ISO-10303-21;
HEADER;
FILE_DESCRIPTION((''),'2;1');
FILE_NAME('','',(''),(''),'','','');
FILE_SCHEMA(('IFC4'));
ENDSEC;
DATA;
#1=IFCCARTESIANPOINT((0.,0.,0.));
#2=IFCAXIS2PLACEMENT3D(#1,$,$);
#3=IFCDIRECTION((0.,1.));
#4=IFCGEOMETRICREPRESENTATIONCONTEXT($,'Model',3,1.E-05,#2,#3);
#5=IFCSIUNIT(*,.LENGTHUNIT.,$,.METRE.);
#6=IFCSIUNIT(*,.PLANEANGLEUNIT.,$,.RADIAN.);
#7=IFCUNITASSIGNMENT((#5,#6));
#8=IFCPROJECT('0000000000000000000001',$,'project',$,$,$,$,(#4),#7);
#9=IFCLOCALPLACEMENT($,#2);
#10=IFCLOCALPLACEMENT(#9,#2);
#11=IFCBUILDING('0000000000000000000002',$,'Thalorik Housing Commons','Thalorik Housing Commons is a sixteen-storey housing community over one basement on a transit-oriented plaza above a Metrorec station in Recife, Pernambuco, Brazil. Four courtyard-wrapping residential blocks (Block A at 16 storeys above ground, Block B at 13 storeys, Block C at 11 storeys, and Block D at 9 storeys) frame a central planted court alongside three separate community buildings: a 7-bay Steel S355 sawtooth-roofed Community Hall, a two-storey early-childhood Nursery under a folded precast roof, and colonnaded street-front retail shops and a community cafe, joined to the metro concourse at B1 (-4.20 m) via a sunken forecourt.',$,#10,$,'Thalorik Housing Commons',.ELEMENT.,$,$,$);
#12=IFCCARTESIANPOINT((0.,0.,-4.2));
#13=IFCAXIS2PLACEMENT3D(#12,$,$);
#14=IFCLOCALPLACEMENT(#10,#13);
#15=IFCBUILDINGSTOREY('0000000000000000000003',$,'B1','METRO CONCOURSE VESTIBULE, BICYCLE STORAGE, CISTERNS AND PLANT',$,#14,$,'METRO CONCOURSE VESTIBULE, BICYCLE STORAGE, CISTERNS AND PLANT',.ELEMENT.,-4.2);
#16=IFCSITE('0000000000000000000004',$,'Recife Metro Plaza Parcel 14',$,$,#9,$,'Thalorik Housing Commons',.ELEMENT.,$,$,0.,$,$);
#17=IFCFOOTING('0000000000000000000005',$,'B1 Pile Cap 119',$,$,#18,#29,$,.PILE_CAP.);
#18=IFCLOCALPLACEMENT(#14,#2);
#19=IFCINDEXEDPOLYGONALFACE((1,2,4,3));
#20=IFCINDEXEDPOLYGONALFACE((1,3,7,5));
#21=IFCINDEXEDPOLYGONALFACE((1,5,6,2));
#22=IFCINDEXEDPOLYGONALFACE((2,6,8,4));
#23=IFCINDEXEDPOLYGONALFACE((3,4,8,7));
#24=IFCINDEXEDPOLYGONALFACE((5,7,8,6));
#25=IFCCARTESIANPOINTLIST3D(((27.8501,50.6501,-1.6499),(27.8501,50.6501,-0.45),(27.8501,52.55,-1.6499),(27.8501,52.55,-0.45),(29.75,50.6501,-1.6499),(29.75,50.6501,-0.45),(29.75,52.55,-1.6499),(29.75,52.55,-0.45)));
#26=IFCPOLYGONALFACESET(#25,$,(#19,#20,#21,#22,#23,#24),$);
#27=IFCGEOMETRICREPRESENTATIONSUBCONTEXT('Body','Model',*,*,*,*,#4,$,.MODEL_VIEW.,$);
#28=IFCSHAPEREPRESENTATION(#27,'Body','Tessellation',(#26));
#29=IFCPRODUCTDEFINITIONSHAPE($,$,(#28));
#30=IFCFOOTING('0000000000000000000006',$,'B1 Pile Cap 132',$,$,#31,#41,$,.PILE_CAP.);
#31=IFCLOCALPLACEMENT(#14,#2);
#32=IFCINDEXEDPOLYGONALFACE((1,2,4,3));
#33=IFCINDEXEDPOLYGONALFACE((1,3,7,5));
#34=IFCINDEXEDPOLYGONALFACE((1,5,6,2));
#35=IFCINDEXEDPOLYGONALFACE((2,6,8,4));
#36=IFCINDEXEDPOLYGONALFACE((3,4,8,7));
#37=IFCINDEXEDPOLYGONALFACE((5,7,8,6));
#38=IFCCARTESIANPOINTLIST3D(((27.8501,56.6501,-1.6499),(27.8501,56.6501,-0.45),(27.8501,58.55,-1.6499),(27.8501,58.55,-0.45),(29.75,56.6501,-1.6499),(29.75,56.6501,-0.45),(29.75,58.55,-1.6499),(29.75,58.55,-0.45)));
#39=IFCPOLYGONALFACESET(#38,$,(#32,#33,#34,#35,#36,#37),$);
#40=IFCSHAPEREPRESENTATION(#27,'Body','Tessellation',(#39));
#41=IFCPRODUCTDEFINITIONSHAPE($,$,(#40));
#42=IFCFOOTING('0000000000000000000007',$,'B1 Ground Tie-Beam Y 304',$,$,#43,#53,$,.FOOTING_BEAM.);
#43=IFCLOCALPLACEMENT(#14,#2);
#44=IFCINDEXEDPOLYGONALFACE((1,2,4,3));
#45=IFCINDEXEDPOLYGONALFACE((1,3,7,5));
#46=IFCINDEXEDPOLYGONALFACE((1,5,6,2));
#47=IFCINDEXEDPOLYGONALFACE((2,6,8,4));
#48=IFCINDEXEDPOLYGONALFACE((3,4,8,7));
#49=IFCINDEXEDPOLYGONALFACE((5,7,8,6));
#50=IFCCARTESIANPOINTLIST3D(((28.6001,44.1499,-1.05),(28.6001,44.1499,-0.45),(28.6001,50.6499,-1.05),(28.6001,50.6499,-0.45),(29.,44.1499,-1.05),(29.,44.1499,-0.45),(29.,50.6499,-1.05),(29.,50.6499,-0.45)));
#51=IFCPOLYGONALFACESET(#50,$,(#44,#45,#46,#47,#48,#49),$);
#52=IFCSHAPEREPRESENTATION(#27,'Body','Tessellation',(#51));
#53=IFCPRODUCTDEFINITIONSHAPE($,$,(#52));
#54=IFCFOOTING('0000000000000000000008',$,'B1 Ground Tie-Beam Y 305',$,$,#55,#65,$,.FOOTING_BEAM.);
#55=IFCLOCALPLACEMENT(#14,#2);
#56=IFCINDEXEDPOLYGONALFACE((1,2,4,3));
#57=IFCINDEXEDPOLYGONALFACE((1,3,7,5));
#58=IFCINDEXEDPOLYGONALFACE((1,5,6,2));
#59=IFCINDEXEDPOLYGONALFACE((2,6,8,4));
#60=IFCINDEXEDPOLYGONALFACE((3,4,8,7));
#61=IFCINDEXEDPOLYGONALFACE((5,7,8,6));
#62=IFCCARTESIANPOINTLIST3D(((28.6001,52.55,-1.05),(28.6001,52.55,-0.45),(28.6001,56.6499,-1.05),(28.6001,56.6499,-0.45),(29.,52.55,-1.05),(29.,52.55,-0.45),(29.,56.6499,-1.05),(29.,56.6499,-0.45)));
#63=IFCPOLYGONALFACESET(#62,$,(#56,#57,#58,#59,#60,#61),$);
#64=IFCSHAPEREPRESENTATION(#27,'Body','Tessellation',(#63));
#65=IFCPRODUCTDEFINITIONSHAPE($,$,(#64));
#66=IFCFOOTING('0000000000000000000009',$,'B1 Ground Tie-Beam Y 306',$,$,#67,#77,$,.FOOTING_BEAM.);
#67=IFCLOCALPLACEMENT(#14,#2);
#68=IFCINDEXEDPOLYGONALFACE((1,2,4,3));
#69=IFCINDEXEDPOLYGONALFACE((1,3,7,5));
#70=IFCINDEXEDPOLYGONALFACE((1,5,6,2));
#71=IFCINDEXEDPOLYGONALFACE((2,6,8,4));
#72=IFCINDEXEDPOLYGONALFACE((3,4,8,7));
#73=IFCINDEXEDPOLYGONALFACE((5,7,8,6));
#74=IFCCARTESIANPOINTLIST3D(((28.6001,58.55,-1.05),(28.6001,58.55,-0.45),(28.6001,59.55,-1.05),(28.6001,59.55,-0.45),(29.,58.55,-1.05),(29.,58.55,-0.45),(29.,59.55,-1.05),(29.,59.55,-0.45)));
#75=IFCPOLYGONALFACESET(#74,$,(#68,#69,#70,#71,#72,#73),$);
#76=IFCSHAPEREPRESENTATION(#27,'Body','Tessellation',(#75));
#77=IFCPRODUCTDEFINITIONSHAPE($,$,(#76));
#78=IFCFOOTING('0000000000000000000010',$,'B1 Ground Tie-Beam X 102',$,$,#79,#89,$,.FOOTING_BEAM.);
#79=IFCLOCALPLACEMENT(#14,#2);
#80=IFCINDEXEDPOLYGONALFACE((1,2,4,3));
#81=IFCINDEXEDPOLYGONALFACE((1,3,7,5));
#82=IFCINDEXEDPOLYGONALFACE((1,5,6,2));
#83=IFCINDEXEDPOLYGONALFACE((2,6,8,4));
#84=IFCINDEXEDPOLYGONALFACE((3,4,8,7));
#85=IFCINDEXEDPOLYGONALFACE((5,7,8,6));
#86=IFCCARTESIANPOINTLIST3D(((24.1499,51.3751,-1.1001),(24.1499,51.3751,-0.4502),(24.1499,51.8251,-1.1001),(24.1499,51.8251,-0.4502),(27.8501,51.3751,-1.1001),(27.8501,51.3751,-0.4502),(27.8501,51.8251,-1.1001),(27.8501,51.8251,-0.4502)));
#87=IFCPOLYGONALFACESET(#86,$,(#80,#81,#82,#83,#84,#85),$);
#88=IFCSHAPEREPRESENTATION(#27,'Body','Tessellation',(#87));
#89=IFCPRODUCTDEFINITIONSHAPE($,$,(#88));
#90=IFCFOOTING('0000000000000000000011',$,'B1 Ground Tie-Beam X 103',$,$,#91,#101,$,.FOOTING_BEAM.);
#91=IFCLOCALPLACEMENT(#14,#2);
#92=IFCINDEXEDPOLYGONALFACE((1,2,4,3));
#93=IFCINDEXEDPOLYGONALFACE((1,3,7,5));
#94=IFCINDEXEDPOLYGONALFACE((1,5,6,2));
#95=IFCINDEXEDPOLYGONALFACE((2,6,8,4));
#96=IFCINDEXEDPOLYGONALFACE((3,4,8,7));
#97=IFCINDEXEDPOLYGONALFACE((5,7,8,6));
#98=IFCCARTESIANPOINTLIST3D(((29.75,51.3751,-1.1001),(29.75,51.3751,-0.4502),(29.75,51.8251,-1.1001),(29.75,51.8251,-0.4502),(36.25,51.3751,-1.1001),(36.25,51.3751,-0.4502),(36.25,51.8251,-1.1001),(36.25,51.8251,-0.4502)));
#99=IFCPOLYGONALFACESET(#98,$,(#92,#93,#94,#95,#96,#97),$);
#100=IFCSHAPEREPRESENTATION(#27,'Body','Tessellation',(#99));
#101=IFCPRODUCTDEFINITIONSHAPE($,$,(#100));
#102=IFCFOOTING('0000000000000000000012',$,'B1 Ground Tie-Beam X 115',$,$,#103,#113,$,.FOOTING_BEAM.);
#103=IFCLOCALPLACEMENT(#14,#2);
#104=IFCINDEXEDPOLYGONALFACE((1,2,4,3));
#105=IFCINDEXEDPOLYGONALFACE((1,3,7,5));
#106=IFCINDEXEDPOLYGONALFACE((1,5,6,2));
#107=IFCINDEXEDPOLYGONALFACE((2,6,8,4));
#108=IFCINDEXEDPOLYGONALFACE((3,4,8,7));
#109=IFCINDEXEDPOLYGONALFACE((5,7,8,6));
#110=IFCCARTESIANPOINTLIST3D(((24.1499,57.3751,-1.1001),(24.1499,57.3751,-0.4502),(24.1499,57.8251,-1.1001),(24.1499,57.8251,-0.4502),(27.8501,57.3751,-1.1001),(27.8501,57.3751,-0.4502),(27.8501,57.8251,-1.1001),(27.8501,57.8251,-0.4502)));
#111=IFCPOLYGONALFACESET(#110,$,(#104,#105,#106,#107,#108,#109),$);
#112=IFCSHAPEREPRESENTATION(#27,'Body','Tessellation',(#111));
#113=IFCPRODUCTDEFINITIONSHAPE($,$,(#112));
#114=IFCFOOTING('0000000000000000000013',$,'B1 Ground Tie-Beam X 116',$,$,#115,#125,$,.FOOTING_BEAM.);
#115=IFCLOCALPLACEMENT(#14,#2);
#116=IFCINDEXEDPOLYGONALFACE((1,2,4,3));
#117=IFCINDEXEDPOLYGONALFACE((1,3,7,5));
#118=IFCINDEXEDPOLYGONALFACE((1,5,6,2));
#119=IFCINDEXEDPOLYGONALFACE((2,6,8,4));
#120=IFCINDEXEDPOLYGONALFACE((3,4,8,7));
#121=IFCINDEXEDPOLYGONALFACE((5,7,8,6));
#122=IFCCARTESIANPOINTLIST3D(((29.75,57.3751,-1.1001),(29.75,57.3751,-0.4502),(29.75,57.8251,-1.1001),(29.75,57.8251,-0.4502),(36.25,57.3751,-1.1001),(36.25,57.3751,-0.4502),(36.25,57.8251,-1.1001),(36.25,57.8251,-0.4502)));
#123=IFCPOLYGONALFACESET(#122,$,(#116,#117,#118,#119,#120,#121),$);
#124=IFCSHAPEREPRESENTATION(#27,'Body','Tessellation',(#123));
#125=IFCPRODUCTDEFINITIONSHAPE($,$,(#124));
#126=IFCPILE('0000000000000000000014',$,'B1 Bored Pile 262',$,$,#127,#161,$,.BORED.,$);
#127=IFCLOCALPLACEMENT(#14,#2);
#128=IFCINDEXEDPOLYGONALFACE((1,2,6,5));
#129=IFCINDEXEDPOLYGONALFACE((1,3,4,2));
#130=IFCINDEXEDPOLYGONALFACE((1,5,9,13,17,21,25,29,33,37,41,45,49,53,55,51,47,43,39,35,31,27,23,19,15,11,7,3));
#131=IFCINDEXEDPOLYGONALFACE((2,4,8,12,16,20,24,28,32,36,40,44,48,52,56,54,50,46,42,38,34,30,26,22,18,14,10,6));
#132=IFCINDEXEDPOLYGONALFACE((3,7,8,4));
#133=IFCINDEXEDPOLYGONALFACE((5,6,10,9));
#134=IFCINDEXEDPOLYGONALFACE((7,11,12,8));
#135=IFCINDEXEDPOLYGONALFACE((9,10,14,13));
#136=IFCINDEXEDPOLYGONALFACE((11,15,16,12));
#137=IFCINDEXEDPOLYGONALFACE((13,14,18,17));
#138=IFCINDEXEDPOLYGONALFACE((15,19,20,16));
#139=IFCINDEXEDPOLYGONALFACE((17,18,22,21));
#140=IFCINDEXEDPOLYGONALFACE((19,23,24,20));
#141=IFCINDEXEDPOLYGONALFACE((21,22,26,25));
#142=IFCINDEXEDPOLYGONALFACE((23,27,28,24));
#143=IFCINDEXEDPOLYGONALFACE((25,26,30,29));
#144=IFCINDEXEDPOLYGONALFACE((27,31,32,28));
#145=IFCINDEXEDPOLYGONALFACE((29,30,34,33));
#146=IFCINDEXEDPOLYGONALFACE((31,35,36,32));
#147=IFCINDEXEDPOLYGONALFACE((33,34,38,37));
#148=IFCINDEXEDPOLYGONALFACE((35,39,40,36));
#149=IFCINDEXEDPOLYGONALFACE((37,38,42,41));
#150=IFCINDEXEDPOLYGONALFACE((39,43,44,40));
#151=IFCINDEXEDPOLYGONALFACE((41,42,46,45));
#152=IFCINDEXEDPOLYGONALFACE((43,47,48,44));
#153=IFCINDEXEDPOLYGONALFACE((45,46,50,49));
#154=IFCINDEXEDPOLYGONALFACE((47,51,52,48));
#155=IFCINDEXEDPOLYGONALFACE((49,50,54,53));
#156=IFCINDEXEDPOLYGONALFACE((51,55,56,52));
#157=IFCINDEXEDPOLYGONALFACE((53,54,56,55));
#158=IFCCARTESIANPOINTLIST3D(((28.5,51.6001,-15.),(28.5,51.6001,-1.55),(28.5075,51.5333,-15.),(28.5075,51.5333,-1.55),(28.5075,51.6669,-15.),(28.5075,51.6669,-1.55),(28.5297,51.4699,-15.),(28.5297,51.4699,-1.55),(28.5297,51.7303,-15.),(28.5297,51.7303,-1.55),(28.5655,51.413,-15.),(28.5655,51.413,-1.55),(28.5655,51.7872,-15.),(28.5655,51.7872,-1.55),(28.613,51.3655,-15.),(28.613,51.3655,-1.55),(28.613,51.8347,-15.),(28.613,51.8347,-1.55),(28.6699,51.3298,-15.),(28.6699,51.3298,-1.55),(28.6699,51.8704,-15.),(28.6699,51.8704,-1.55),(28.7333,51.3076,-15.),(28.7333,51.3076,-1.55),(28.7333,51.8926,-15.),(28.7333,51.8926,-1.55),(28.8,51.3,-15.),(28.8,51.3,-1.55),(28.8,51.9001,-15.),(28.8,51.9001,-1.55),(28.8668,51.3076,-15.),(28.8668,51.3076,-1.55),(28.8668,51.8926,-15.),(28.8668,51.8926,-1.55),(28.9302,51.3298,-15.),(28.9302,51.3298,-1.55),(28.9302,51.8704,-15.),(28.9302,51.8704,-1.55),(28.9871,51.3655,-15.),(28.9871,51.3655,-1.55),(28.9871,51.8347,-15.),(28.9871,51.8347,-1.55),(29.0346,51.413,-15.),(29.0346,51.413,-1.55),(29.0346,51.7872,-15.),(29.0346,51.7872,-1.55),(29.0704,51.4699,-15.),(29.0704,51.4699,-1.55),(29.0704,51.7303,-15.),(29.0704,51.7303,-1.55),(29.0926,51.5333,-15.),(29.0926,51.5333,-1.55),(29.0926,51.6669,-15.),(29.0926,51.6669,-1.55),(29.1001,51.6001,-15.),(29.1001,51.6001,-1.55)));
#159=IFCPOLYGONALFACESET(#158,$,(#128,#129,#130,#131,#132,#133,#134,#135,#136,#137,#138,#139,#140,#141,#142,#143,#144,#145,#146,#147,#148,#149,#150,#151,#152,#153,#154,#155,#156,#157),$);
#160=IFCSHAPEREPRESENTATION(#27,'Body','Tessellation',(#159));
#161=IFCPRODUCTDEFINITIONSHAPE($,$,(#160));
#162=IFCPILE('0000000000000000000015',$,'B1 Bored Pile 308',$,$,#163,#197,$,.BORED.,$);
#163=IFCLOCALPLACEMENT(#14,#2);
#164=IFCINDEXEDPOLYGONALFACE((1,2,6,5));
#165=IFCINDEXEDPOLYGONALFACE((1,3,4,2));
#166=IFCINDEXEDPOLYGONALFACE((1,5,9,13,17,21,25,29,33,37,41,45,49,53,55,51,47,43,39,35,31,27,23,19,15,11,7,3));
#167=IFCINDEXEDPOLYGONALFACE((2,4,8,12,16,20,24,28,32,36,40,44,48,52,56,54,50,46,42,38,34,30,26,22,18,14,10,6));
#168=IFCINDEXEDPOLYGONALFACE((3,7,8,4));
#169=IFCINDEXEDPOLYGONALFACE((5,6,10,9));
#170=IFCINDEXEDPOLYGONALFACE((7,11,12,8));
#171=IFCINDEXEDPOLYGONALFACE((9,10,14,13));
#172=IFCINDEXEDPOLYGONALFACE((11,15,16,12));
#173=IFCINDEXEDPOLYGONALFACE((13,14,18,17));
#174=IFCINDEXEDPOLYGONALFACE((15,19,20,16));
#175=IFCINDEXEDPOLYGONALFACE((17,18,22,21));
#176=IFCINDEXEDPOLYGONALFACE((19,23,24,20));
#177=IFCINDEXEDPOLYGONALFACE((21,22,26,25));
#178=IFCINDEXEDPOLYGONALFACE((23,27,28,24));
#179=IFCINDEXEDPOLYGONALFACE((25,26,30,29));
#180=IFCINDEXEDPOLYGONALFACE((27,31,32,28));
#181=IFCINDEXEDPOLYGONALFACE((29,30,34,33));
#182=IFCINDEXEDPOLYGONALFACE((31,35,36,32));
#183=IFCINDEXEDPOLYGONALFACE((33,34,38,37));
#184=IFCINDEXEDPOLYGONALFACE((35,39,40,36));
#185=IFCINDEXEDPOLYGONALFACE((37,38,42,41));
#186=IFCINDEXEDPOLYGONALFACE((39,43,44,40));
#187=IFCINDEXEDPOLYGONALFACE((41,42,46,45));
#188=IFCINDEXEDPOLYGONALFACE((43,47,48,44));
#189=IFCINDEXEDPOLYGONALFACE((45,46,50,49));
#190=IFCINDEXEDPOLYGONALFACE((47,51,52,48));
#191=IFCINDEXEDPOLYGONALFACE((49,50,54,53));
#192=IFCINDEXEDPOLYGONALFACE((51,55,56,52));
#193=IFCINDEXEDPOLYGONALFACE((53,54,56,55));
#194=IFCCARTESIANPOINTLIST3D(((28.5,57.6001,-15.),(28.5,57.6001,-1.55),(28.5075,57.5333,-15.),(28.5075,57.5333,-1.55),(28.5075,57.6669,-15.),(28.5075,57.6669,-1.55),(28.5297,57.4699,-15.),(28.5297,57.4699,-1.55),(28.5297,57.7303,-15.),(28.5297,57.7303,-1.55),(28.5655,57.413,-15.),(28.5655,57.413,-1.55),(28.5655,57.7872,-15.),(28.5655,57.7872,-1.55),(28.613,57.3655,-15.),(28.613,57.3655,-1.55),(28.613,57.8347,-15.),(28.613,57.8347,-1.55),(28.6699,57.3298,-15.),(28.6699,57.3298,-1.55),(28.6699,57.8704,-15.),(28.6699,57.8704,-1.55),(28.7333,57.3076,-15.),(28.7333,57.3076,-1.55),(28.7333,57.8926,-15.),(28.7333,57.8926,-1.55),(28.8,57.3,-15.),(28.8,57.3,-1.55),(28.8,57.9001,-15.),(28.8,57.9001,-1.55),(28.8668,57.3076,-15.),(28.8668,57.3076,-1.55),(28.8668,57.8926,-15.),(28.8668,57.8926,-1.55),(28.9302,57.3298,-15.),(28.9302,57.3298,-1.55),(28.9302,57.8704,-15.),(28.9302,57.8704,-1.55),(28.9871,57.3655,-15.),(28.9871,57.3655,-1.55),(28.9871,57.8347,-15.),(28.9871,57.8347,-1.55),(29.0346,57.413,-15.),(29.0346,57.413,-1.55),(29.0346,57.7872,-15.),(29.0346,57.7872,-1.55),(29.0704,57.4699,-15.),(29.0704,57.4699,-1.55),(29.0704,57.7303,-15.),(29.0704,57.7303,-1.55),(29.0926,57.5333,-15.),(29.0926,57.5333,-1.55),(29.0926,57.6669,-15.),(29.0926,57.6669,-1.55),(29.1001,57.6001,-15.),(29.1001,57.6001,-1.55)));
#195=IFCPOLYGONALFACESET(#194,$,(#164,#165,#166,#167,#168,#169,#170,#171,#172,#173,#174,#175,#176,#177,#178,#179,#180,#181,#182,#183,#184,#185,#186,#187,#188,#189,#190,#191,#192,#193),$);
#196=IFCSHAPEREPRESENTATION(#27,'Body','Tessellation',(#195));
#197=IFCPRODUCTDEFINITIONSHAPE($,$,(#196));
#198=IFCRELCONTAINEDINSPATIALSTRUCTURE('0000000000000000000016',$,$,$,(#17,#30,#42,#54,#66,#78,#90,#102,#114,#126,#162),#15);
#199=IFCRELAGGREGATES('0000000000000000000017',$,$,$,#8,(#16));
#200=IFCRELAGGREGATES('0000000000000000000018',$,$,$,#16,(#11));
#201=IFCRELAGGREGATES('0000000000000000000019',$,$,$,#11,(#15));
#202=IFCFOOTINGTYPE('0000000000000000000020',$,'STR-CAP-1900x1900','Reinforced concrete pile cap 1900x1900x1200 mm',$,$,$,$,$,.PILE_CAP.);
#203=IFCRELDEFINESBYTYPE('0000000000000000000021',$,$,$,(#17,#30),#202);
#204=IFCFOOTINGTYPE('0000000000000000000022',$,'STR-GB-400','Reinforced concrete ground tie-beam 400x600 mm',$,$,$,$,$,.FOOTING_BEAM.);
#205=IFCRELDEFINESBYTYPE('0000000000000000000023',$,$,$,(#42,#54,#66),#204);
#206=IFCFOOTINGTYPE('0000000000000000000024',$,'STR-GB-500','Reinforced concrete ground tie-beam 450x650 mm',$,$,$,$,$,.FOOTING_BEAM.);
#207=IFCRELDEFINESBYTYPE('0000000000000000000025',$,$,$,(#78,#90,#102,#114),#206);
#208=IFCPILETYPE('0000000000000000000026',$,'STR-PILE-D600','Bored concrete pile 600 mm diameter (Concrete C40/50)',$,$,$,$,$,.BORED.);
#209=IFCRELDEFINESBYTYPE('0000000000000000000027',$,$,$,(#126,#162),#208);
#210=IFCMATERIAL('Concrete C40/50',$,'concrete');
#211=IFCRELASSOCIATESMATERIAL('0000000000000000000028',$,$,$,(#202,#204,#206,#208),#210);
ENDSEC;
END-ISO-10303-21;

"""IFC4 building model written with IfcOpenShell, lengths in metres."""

from ifc_helpers import new_model, si_unit, direction, frame, origin, origin_2d, place, context, subcontext, project, spatial, rectangle, circle, extrude, material, material_profile, profile_set, type_object, element, save


model = new_model("IFC4")

# Units and contexts
model_context = context("Model", 3, precision=1e-05, world=origin(), true_north=direction((0.0, 1.0)))
body_context = subcontext(model_context, "Body", "Model", "MODEL_VIEW")
ifc_project = project(units=[si_unit("LENGTHUNIT", "METRE"), si_unit("PLANEANGLEUNIT", "RADIAN")], contexts=[model_context])

# Site, building, storey
site_placement = place(None, origin())
site = spatial("IfcSite", under=ifc_project, at=site_placement, Name="Recife Metro Plaza Parcel 14", LongName="Thalorik Housing Commons", CompositionType="ELEMENT", RefElevation=0.0)
building_placement = place(site_placement, origin())
building = spatial("IfcBuilding", under=site, at=building_placement, Name="Thalorik Housing Commons", Description="Thalorik Housing Commons is a sixteen-storey housing community over one basement on a transit-oriented plaza above a Metrorec station in Recife, Pernambuco, Brazil. Four courtyard-wrapping residential blocks (Block A at 16 storeys above ground, Block B at 13 storeys, Block C at 11 storeys, and Block D at 9 storeys) frame a central planted court alongside three separate community buildings: a 7-bay Steel S355 sawtooth-roofed Community Hall, a two-storey early-childhood Nursery under a folded precast roof, and colonnaded street-front retail shops and a community cafe, joined to the metro concourse at B1 (-4.20 m) via a sunken forecourt.", LongName="Thalorik Housing Commons", CompositionType="ELEMENT")
storey_placement = place(building_placement, frame((0.0, 0.0, -4.2)))
storey = spatial("IfcBuildingStorey", under=building, at=storey_placement, Name="B1", Description="METRO CONCOURSE VESTIBULE, BICYCLE STORAGE, CISTERNS AND PLANT", LongName="METRO CONCOURSE VESTIBULE, BICYCLE STORAGE, CISTERNS AND PLANT", CompositionType="ELEMENT", Elevation=-4.2)

# Footings
ifc_material_1 = material(Name="Concrete C40/50", Category="concrete")
footing_type_1 = type_object("IfcFootingType", Name="STR-CAP-1900x1900", Description="Reinforced concrete pile cap 1900x1900x1200 mm", PredefinedType="PILE_CAP", material=ifc_material_1)
for number, where, z_axis, x_axis, name in (
    (1, (28.8, 51.6001, -1.6499), (0.0, 0.0, 1.0), (1.0, 0.0, 0.0), "B1 Pile Cap 119"),
    (2, (28.8, 57.6001, -1.6499), (0.0, 0.0, 1.0), (1.0, 0.0, 0.0), "B1 Pile Cap 132"),
):
    element("IfcFooting", number, at=place(storey_placement, frame(where, z_axis=z_axis, x_axis=x_axis)), inside=storey, type_object=footing_type_1, Name=name, PredefinedType="PILE_CAP", context=body_context, shape_type="SweptSolid", body=[
        extrude(rectangle(XDim=1.8999, YDim=1.8999, at=origin_2d()), origin(), (0.0, 0.0, 1.0), 1.2),
    ])
ifc_material_profile_1 = material_profile(ifc_material_1, rectangle(XDim=0.3999, YDim=0.6001, at=origin_2d()), Name="RC 400x600", Category="concrete")
ifc_profile_set_1 = profile_set([ifc_material_profile_1], Name="Concrete C40/50")
footing_type_2 = type_object("IfcFootingType", Name="STR-GB-400", Description="Reinforced concrete ground tie-beam 400x600 mm", PredefinedType="FOOTING_BEAM", material=ifc_profile_set_1)
footing_1_placement = place(storey_placement, frame((28.8, 44.1499, -0.75), z_axis=(0.0, 1.0, 0.0), x_axis=(-1.0, 0.0, 0.0)))
element("IfcFooting", 3, at=footing_1_placement, inside=storey, type_object=footing_type_2, Name="B1 Ground Tie-Beam Y 304", PredefinedType="FOOTING_BEAM", context=body_context, shape_type="SweptSolid", body=[
    extrude(rectangle(XDim=0.3999, YDim=0.6001, at=origin_2d()), origin(), (0.0, 0.0, 1.0), 6.5),
])
footing_2_placement = place(storey_placement, frame((28.8, 52.55, -0.75), z_axis=(0.0, 1.0, 0.0), x_axis=(-1.0, 0.0, 0.0)))
element("IfcFooting", 4, at=footing_2_placement, inside=storey, type_object=footing_type_2, Name="B1 Ground Tie-Beam Y 305", PredefinedType="FOOTING_BEAM", context=body_context, shape_type="SweptSolid", body=[
    extrude(rectangle(XDim=0.3999, YDim=0.6001, at=origin_2d()), origin(), (0.0, 0.0, 1.0), 4.0999),
])
footing_3_placement = place(storey_placement, frame((28.8, 58.55, -0.75), z_axis=(0.0, 1.0, 0.0), x_axis=(-1.0, 0.0, 0.0)))
element("IfcFooting", 5, at=footing_3_placement, inside=storey, type_object=footing_type_2, Name="B1 Ground Tie-Beam Y 306", PredefinedType="FOOTING_BEAM", context=body_context, shape_type="SweptSolid", body=[
    extrude(rectangle(XDim=0.3999, YDim=0.6001, at=origin_2d()), origin(), (0.0, 0.0, 1.0), 1.0),
])
ifc_material_profile_2 = material_profile(ifc_material_1, rectangle(XDim=0.45, YDim=0.6499, at=origin_2d()), Name="RC 450x650", Category="concrete")
ifc_profile_set_2 = profile_set([ifc_material_profile_2], Name="Concrete C40/50")
footing_type_3 = type_object("IfcFootingType", Name="STR-GB-500", Description="Reinforced concrete ground tie-beam 450x650 mm", PredefinedType="FOOTING_BEAM", material=ifc_profile_set_2)
footing_4_placement = place(storey_placement, frame((24.1499, 51.6001, -0.7751), z_axis=(1.0, 0.0, 0.0), x_axis=(0.0, 1.0, 0.0)))
element("IfcFooting", 6, at=footing_4_placement, inside=storey, type_object=footing_type_3, Name="B1 Ground Tie-Beam X 102", PredefinedType="FOOTING_BEAM", context=body_context, shape_type="SweptSolid", body=[
    extrude(rectangle(XDim=0.45, YDim=0.6499, at=origin_2d()), origin(), (0.0, 0.0, 1.0), 3.7002),
])
footing_5_placement = place(storey_placement, frame((29.75, 51.6001, -0.7751), z_axis=(1.0, 0.0, 0.0), x_axis=(0.0, 1.0, 0.0)))
element("IfcFooting", 7, at=footing_5_placement, inside=storey, type_object=footing_type_3, Name="B1 Ground Tie-Beam X 103", PredefinedType="FOOTING_BEAM", context=body_context, shape_type="SweptSolid", body=[
    extrude(rectangle(XDim=0.45, YDim=0.6499, at=origin_2d()), origin(), (0.0, 0.0, 1.0), 6.5),
])
footing_6_placement = place(storey_placement, frame((24.1499, 57.6001, -0.7751), z_axis=(1.0, 0.0, 0.0), x_axis=(0.0, 1.0, 0.0)))
element("IfcFooting", 8, at=footing_6_placement, inside=storey, type_object=footing_type_3, Name="B1 Ground Tie-Beam X 115", PredefinedType="FOOTING_BEAM", context=body_context, shape_type="SweptSolid", body=[
    extrude(rectangle(XDim=0.45, YDim=0.6499, at=origin_2d()), origin(), (0.0, 0.0, 1.0), 3.7002),
])
footing_7_placement = place(storey_placement, frame((29.75, 57.6001, -0.7751), z_axis=(1.0, 0.0, 0.0), x_axis=(0.0, 1.0, 0.0)))
element("IfcFooting", 9, at=footing_7_placement, inside=storey, type_object=footing_type_3, Name="B1 Ground Tie-Beam X 116", PredefinedType="FOOTING_BEAM", context=body_context, shape_type="SweptSolid", body=[
    extrude(rectangle(XDim=0.45, YDim=0.6499, at=origin_2d()), origin(), (0.0, 0.0, 1.0), 6.5),
])

# Piles
ifc_material_profile_3 = material_profile(ifc_material_1, circle(Radius=0.3, at=origin_2d()), Name="BORED PILE D600", Category="concrete")
ifc_profile_set_3 = profile_set([ifc_material_profile_3], Name="Concrete C40/50")
pile_type_1 = type_object("IfcPileType", Name="STR-PILE-D600", Description="Bored concrete pile 600 mm diameter (Concrete C40/50)", PredefinedType="BORED", material=ifc_profile_set_3)
for number, where, z_axis, x_axis, name in (
    (10, (28.8, 51.6001, -1.55), (0.0, 0.0, -1.0), (1.0, 0.0, 0.0), "B1 Bored Pile 262"),
    (11, (28.8, 57.6001, -1.55), (0.0, 0.0, -1.0), (1.0, 0.0, 0.0), "B1 Bored Pile 308"),
):
    element("IfcPile", number, at=place(storey_placement, frame(where, z_axis=z_axis, x_axis=x_axis)), inside=storey, type_object=pile_type_1, Name=name, PredefinedType="BORED", context=body_context, shape_type="SweptSolid", body=[
        extrude(circle(Radius=0.3, at=origin_2d()), origin(), (0.0, 0.0, 1.0), 13.45),
    ])

save(model, "model.ifc")
